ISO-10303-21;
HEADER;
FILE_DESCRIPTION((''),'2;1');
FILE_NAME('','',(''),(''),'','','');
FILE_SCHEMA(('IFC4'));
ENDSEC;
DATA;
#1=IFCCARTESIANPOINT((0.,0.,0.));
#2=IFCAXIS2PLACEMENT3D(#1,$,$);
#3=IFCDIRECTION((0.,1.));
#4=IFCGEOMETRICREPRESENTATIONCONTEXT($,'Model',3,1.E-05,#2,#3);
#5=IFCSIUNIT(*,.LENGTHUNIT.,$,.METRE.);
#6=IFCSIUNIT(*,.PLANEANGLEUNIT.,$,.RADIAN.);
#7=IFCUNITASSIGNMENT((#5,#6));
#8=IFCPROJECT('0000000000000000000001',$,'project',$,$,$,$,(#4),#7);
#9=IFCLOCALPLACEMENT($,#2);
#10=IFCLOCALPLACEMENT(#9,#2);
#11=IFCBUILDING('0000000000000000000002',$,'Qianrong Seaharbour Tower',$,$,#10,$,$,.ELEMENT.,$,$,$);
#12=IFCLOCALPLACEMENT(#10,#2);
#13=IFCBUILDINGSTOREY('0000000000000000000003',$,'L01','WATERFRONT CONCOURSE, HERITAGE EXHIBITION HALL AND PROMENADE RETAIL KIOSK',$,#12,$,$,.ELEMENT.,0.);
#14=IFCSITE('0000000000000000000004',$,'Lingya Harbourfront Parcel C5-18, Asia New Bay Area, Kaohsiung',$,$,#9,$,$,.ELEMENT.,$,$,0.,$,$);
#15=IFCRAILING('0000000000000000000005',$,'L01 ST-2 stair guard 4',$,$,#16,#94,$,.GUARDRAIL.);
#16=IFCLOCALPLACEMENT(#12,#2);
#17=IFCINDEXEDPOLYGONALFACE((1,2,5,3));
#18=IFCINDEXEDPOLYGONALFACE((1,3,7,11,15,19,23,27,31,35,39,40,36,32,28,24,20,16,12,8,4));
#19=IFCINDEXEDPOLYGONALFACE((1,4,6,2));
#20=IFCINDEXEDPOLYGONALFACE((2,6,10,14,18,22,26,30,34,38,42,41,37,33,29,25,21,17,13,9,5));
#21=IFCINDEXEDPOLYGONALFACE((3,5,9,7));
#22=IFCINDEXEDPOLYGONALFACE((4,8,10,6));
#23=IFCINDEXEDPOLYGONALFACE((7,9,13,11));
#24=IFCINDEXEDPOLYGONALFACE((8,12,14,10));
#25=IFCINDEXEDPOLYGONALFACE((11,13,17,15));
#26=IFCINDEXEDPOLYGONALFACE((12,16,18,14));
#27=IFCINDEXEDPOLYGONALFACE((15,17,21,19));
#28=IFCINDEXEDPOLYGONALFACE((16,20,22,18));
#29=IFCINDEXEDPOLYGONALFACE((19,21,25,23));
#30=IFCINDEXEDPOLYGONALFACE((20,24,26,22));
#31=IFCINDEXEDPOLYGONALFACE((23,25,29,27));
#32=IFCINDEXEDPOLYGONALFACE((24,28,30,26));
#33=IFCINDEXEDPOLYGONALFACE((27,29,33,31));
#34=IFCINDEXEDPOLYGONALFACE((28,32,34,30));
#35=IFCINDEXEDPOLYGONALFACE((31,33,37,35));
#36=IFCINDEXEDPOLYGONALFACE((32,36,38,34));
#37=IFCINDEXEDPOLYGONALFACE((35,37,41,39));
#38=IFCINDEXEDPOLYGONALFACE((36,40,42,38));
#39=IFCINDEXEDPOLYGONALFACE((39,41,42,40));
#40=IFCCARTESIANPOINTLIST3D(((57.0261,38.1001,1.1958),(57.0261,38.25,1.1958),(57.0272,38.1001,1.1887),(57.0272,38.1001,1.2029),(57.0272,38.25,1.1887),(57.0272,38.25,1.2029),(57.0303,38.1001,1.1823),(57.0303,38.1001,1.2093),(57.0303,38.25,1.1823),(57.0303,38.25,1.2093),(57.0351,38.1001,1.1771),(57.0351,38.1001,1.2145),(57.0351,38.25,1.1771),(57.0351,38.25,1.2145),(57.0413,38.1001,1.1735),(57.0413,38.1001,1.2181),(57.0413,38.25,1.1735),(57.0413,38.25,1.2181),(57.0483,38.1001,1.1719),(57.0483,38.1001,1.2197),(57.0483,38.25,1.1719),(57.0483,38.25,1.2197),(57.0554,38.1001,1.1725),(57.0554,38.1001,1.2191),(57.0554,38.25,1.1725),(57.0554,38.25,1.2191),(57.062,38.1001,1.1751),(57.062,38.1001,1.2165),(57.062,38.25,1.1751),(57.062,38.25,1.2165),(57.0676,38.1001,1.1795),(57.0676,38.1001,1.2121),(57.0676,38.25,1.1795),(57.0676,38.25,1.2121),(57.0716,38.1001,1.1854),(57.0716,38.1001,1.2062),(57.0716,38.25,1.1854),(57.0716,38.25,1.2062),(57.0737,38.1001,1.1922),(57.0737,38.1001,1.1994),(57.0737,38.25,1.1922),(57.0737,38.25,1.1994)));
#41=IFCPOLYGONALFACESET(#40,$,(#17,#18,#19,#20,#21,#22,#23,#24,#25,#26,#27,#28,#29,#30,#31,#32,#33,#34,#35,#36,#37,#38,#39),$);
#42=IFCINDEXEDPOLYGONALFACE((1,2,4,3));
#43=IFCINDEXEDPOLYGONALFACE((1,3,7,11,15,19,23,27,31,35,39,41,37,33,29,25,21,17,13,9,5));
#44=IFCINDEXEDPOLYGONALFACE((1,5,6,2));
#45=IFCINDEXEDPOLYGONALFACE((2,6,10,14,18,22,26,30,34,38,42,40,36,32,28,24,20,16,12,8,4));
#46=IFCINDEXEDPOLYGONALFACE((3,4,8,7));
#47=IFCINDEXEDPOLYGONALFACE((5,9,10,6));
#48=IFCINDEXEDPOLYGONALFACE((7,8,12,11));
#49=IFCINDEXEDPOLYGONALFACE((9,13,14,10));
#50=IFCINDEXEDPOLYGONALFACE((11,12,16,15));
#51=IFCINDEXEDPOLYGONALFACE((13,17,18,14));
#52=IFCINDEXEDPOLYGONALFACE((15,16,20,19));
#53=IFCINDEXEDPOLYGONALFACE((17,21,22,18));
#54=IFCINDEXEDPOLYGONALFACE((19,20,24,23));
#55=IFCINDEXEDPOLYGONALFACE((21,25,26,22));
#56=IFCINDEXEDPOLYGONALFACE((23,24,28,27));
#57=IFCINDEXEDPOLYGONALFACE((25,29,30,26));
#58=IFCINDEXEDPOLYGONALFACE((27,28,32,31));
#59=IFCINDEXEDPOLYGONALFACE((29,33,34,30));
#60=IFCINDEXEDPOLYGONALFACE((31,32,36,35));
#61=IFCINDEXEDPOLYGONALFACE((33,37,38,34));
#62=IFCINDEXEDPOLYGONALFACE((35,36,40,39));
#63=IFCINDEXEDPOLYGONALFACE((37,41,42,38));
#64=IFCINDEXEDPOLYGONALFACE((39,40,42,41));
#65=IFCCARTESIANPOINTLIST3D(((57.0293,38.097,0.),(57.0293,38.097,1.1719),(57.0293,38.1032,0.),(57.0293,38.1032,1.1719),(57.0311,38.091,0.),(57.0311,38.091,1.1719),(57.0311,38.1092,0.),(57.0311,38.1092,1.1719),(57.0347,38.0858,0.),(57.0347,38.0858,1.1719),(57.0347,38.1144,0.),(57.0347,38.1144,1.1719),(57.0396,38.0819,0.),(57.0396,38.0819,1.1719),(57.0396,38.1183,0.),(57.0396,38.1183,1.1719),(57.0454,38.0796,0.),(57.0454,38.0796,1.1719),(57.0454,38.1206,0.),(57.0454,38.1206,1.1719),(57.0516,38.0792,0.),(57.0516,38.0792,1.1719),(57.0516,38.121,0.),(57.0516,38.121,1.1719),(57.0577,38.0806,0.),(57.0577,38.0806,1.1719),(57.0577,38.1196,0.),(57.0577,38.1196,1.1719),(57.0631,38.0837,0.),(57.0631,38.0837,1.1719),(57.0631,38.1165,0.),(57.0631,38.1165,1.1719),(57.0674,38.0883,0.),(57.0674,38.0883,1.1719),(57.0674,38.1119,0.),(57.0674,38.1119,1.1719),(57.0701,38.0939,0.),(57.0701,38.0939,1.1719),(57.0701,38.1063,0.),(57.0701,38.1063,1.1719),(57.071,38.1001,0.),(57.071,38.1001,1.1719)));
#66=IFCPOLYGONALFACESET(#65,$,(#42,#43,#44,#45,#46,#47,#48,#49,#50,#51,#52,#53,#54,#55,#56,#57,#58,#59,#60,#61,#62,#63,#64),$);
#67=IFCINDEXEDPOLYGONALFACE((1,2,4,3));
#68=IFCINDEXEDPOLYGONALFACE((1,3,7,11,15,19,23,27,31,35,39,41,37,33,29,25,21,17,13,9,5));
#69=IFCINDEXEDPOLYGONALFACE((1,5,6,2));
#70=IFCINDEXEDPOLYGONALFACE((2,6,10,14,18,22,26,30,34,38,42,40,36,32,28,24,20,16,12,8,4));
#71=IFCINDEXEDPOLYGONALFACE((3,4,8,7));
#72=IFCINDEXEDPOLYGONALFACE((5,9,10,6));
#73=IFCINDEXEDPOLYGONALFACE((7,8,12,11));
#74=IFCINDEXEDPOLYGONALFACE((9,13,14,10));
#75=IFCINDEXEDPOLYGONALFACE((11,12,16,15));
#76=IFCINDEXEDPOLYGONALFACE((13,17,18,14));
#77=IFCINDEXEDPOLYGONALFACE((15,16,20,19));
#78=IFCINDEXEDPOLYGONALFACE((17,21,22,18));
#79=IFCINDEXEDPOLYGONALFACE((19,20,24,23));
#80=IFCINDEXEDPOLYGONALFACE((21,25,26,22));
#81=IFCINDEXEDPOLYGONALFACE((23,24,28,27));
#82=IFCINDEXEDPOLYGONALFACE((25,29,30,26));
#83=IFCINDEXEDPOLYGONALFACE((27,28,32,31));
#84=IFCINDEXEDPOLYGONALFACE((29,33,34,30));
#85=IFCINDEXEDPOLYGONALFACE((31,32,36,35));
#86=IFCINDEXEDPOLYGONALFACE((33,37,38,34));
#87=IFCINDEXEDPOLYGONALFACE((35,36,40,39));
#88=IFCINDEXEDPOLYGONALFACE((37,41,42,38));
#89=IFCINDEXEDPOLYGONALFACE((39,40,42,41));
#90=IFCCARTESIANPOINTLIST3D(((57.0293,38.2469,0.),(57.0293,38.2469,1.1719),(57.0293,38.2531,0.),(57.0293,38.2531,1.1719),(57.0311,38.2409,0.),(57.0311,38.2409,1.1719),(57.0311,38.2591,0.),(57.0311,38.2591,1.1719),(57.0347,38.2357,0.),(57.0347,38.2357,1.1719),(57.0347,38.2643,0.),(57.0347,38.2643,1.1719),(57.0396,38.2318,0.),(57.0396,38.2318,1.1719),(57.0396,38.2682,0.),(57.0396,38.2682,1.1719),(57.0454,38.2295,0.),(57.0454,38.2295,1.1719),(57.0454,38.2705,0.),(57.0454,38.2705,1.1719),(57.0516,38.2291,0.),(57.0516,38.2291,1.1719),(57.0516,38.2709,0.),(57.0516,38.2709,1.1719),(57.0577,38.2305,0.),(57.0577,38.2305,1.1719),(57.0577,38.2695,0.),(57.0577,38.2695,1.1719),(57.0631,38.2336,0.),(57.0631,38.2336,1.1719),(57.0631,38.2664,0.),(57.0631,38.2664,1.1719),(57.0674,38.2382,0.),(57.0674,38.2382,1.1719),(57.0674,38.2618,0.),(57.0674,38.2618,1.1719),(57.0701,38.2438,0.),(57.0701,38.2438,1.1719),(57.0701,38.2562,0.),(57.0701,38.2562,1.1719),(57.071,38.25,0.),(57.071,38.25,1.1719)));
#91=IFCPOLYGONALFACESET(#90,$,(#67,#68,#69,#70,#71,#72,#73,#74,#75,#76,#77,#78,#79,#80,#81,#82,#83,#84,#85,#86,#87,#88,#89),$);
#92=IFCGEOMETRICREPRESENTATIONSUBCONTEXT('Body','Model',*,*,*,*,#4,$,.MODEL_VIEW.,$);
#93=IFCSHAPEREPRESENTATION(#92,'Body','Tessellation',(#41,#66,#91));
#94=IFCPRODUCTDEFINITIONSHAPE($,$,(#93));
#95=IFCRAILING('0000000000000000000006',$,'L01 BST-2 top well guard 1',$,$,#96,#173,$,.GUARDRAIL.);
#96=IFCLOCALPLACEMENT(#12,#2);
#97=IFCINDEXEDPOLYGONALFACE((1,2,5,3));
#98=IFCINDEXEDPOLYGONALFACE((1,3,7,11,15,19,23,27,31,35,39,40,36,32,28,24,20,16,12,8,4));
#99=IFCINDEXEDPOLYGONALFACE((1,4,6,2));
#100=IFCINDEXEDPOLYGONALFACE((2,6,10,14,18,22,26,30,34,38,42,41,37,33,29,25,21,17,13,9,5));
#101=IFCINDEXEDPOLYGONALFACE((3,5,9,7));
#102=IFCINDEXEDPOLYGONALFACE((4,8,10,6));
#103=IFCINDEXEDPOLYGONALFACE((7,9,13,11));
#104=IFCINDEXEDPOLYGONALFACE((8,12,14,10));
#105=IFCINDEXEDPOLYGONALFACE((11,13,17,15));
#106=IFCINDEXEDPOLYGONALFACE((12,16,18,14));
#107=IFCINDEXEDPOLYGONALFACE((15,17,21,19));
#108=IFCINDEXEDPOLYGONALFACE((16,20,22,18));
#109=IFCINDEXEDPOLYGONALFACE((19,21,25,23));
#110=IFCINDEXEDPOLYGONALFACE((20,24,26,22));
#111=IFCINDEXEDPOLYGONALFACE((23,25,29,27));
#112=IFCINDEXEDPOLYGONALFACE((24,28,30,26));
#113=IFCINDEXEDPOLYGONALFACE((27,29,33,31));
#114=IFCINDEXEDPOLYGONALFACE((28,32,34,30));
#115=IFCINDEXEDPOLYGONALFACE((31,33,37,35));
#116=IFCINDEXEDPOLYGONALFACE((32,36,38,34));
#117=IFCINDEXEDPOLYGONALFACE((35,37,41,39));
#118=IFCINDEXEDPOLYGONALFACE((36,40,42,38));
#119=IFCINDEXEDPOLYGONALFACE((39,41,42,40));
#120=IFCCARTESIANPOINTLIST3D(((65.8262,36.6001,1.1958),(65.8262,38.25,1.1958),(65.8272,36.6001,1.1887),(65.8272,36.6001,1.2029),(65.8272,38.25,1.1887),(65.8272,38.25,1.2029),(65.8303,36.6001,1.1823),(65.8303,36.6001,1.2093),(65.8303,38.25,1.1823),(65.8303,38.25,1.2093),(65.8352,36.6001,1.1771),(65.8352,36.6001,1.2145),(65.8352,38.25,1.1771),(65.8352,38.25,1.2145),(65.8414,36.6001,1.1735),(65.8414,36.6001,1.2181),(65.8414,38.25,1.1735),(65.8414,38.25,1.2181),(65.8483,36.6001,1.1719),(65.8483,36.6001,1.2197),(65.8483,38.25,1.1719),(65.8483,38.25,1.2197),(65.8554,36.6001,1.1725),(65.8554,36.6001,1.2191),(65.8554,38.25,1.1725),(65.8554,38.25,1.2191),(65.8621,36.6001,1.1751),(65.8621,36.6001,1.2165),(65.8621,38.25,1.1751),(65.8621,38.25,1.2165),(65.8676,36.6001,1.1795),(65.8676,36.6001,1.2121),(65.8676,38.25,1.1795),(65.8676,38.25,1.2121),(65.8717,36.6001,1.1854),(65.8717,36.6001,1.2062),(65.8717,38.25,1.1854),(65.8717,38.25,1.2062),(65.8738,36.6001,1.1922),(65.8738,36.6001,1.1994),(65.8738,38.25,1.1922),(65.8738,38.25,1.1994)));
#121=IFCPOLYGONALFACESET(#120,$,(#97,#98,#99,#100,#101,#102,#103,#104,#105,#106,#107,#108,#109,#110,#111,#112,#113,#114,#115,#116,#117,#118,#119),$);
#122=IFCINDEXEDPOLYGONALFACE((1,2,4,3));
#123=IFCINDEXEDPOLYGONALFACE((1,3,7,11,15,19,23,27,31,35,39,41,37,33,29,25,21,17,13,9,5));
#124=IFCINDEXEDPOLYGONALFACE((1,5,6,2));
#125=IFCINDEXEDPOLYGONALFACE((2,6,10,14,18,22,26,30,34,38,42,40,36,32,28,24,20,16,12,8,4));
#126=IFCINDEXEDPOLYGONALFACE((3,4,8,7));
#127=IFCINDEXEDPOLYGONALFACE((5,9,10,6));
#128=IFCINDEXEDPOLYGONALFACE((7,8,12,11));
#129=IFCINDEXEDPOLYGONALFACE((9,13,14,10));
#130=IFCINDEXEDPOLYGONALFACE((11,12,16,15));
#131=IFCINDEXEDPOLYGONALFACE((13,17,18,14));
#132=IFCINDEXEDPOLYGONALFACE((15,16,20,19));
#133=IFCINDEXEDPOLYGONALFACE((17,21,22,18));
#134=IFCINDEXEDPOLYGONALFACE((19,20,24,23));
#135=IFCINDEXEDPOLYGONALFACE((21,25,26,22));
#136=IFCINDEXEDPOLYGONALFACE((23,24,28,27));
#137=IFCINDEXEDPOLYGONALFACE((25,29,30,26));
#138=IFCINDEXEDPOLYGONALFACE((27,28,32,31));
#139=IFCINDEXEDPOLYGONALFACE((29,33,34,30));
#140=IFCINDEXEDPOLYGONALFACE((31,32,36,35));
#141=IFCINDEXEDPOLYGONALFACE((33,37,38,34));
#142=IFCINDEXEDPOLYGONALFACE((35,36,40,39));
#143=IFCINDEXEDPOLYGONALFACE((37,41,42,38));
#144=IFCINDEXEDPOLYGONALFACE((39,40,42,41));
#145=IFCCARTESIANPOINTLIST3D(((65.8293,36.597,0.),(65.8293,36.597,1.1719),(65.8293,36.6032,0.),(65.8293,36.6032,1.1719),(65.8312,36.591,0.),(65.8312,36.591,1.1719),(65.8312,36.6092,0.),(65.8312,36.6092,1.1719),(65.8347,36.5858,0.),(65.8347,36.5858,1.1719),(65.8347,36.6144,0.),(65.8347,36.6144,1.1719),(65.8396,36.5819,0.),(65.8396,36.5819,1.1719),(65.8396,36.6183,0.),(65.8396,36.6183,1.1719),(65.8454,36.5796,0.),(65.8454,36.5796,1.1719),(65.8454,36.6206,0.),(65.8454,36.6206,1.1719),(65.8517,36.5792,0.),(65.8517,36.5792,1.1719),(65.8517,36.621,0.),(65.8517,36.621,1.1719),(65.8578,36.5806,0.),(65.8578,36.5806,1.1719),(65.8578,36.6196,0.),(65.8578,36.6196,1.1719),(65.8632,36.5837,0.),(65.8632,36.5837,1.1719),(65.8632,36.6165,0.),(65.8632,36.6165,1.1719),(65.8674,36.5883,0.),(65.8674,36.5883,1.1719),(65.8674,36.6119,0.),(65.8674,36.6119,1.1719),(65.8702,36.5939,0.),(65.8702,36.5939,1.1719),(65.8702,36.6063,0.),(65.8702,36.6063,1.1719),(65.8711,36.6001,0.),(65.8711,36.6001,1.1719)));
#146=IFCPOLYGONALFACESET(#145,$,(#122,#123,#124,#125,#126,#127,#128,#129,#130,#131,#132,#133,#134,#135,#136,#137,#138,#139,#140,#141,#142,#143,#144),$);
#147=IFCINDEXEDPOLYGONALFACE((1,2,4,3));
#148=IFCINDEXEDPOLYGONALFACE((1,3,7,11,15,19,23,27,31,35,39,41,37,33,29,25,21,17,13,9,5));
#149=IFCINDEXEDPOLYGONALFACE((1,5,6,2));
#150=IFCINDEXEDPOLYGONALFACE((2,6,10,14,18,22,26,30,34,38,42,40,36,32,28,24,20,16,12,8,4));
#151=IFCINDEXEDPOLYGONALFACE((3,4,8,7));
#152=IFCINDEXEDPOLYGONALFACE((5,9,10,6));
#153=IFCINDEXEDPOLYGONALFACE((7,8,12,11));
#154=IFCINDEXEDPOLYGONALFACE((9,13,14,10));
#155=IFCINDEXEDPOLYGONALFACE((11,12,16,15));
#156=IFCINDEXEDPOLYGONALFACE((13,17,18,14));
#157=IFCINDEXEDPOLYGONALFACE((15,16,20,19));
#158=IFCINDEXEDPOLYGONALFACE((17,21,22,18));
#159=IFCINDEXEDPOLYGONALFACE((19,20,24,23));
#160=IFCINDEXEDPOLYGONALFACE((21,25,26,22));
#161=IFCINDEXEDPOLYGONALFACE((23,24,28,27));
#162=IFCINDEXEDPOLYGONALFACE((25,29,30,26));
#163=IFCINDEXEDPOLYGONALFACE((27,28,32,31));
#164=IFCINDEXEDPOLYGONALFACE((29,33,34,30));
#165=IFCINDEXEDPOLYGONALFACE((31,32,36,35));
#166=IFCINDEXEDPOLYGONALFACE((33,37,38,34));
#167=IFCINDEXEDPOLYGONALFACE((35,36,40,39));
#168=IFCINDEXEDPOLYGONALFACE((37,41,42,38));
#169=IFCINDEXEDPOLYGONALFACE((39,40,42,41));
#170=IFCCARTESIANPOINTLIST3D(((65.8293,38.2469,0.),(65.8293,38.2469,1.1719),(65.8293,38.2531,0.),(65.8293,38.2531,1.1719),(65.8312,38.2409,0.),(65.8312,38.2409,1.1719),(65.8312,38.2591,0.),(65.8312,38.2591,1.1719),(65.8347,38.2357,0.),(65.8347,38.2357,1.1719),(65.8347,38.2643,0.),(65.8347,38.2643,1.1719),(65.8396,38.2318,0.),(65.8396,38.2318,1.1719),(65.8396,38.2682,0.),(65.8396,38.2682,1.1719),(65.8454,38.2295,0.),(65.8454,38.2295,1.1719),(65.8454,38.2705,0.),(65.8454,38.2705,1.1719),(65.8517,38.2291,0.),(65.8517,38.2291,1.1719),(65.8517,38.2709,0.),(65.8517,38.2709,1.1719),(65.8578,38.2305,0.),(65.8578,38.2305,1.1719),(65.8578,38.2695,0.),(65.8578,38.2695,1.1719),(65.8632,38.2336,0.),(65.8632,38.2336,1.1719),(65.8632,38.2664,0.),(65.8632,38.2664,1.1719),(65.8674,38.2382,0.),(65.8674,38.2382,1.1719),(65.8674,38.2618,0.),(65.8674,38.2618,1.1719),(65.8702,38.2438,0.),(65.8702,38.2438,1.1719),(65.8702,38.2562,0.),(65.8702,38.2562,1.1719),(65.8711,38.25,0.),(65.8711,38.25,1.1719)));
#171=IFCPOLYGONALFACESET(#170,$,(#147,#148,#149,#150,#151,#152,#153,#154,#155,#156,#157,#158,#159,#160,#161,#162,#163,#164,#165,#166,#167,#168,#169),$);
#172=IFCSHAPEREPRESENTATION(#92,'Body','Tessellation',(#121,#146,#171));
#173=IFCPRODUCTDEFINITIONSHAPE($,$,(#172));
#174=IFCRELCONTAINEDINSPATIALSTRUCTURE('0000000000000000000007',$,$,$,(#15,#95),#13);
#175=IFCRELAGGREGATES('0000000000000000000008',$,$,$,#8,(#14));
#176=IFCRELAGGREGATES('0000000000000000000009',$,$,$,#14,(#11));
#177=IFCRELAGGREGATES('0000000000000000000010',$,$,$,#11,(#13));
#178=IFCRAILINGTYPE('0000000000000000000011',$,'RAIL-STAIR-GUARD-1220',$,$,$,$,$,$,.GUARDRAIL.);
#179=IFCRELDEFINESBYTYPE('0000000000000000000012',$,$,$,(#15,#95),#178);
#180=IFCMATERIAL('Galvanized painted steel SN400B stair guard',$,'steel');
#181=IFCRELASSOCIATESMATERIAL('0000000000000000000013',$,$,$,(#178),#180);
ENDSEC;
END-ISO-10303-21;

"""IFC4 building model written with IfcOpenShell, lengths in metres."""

from ifc_helpers import new_model, si_unit, direction, frame, origin, origin_2d, place, context, subcontext, project, spatial, circle, extrude, material, type_object, element, save


model = new_model("IFC4")

# Units and contexts
model_context = context("Model", 3, precision=1e-05, world=origin(), true_north=direction((0.0, 1.0)))
body_context = subcontext(model_context, "Body", "Model", "MODEL_VIEW")
ifc_project = project(units=[si_unit("LENGTHUNIT", "METRE"), si_unit("PLANEANGLEUNIT", "RADIAN")], contexts=[model_context])

# Site, building, storey
site_placement = place(None, origin())
site = spatial("IfcSite", under=ifc_project, at=site_placement, Name="Lingya Harbourfront Parcel C5-18, Asia New Bay Area, Kaohsiung", CompositionType="ELEMENT", RefElevation=0.0)
building_placement = place(site_placement, origin())
building = spatial("IfcBuilding", under=site, at=building_placement, Name="Qianrong Seaharbour Tower", CompositionType="ELEMENT")
storey_placement = place(building_placement, origin())
storey = spatial("IfcBuildingStorey", under=building, at=storey_placement, Name="L01", Description="WATERFRONT CONCOURSE, HERITAGE EXHIBITION HALL AND PROMENADE RETAIL KIOSK", CompositionType="ELEMENT", Elevation=0.0)

# Railings
ifc_material_1 = material(Name="Galvanized painted steel SN400B stair guard", Category="steel")
railing_type_1 = type_object("IfcRailingType", Name="RAIL-STAIR-GUARD-1220", PredefinedType="GUARDRAIL", material=ifc_material_1)
railing_1_placement = place(storey_placement, frame((57.05, 38.1001, 0.0)))
element("IfcRailing", 1, at=railing_1_placement, inside=storey, type_object=railing_type_1, Name="L01 ST-2 stair guard 4", PredefinedType="GUARDRAIL", context=body_context, shape_type="SweptSolid", body=[
    extrude(circle(Radius=0.0239, at=origin_2d()), frame((0.0, 0.0, 1.1958), z_axis=(0.0, 1.0, 0.0), x_axis=(-1.0, 0.0, 0.0)), (0.0, 0.0, 1.0), 0.1499),
    extrude(circle(Radius=0.021, at=origin_2d()), origin(), (0.0, 0.0, 1.0), 1.1719),
    extrude(circle(Radius=0.021, at=origin_2d()), frame((0.0, 0.1499, 0.0)), (0.0, 0.0, 1.0), 1.1719),
])
railing_2_placement = place(storey_placement, frame((65.8501, 36.6001, 0.0)))
element("IfcRailing", 2, at=railing_2_placement, inside=storey, type_object=railing_type_1, Name="L01 BST-2 top well guard 1", PredefinedType="GUARDRAIL", context=body_context, shape_type="SweptSolid", body=[
    extrude(circle(Radius=0.0239, at=origin_2d()), frame((0.0, 0.0, 1.1958), z_axis=(0.0, 1.0, 0.0), x_axis=(-1.0, 0.0, 0.0)), (0.0, 0.0, 1.0), 1.6499),
    extrude(circle(Radius=0.021, at=origin_2d()), origin(), (0.0, 0.0, 1.0), 1.1719),
    extrude(circle(Radius=0.021, at=origin_2d()), frame((0.0, 1.6499, 0.0)), (0.0, 0.0, 1.0), 1.1719),
])

save(model, "model.ifc")
